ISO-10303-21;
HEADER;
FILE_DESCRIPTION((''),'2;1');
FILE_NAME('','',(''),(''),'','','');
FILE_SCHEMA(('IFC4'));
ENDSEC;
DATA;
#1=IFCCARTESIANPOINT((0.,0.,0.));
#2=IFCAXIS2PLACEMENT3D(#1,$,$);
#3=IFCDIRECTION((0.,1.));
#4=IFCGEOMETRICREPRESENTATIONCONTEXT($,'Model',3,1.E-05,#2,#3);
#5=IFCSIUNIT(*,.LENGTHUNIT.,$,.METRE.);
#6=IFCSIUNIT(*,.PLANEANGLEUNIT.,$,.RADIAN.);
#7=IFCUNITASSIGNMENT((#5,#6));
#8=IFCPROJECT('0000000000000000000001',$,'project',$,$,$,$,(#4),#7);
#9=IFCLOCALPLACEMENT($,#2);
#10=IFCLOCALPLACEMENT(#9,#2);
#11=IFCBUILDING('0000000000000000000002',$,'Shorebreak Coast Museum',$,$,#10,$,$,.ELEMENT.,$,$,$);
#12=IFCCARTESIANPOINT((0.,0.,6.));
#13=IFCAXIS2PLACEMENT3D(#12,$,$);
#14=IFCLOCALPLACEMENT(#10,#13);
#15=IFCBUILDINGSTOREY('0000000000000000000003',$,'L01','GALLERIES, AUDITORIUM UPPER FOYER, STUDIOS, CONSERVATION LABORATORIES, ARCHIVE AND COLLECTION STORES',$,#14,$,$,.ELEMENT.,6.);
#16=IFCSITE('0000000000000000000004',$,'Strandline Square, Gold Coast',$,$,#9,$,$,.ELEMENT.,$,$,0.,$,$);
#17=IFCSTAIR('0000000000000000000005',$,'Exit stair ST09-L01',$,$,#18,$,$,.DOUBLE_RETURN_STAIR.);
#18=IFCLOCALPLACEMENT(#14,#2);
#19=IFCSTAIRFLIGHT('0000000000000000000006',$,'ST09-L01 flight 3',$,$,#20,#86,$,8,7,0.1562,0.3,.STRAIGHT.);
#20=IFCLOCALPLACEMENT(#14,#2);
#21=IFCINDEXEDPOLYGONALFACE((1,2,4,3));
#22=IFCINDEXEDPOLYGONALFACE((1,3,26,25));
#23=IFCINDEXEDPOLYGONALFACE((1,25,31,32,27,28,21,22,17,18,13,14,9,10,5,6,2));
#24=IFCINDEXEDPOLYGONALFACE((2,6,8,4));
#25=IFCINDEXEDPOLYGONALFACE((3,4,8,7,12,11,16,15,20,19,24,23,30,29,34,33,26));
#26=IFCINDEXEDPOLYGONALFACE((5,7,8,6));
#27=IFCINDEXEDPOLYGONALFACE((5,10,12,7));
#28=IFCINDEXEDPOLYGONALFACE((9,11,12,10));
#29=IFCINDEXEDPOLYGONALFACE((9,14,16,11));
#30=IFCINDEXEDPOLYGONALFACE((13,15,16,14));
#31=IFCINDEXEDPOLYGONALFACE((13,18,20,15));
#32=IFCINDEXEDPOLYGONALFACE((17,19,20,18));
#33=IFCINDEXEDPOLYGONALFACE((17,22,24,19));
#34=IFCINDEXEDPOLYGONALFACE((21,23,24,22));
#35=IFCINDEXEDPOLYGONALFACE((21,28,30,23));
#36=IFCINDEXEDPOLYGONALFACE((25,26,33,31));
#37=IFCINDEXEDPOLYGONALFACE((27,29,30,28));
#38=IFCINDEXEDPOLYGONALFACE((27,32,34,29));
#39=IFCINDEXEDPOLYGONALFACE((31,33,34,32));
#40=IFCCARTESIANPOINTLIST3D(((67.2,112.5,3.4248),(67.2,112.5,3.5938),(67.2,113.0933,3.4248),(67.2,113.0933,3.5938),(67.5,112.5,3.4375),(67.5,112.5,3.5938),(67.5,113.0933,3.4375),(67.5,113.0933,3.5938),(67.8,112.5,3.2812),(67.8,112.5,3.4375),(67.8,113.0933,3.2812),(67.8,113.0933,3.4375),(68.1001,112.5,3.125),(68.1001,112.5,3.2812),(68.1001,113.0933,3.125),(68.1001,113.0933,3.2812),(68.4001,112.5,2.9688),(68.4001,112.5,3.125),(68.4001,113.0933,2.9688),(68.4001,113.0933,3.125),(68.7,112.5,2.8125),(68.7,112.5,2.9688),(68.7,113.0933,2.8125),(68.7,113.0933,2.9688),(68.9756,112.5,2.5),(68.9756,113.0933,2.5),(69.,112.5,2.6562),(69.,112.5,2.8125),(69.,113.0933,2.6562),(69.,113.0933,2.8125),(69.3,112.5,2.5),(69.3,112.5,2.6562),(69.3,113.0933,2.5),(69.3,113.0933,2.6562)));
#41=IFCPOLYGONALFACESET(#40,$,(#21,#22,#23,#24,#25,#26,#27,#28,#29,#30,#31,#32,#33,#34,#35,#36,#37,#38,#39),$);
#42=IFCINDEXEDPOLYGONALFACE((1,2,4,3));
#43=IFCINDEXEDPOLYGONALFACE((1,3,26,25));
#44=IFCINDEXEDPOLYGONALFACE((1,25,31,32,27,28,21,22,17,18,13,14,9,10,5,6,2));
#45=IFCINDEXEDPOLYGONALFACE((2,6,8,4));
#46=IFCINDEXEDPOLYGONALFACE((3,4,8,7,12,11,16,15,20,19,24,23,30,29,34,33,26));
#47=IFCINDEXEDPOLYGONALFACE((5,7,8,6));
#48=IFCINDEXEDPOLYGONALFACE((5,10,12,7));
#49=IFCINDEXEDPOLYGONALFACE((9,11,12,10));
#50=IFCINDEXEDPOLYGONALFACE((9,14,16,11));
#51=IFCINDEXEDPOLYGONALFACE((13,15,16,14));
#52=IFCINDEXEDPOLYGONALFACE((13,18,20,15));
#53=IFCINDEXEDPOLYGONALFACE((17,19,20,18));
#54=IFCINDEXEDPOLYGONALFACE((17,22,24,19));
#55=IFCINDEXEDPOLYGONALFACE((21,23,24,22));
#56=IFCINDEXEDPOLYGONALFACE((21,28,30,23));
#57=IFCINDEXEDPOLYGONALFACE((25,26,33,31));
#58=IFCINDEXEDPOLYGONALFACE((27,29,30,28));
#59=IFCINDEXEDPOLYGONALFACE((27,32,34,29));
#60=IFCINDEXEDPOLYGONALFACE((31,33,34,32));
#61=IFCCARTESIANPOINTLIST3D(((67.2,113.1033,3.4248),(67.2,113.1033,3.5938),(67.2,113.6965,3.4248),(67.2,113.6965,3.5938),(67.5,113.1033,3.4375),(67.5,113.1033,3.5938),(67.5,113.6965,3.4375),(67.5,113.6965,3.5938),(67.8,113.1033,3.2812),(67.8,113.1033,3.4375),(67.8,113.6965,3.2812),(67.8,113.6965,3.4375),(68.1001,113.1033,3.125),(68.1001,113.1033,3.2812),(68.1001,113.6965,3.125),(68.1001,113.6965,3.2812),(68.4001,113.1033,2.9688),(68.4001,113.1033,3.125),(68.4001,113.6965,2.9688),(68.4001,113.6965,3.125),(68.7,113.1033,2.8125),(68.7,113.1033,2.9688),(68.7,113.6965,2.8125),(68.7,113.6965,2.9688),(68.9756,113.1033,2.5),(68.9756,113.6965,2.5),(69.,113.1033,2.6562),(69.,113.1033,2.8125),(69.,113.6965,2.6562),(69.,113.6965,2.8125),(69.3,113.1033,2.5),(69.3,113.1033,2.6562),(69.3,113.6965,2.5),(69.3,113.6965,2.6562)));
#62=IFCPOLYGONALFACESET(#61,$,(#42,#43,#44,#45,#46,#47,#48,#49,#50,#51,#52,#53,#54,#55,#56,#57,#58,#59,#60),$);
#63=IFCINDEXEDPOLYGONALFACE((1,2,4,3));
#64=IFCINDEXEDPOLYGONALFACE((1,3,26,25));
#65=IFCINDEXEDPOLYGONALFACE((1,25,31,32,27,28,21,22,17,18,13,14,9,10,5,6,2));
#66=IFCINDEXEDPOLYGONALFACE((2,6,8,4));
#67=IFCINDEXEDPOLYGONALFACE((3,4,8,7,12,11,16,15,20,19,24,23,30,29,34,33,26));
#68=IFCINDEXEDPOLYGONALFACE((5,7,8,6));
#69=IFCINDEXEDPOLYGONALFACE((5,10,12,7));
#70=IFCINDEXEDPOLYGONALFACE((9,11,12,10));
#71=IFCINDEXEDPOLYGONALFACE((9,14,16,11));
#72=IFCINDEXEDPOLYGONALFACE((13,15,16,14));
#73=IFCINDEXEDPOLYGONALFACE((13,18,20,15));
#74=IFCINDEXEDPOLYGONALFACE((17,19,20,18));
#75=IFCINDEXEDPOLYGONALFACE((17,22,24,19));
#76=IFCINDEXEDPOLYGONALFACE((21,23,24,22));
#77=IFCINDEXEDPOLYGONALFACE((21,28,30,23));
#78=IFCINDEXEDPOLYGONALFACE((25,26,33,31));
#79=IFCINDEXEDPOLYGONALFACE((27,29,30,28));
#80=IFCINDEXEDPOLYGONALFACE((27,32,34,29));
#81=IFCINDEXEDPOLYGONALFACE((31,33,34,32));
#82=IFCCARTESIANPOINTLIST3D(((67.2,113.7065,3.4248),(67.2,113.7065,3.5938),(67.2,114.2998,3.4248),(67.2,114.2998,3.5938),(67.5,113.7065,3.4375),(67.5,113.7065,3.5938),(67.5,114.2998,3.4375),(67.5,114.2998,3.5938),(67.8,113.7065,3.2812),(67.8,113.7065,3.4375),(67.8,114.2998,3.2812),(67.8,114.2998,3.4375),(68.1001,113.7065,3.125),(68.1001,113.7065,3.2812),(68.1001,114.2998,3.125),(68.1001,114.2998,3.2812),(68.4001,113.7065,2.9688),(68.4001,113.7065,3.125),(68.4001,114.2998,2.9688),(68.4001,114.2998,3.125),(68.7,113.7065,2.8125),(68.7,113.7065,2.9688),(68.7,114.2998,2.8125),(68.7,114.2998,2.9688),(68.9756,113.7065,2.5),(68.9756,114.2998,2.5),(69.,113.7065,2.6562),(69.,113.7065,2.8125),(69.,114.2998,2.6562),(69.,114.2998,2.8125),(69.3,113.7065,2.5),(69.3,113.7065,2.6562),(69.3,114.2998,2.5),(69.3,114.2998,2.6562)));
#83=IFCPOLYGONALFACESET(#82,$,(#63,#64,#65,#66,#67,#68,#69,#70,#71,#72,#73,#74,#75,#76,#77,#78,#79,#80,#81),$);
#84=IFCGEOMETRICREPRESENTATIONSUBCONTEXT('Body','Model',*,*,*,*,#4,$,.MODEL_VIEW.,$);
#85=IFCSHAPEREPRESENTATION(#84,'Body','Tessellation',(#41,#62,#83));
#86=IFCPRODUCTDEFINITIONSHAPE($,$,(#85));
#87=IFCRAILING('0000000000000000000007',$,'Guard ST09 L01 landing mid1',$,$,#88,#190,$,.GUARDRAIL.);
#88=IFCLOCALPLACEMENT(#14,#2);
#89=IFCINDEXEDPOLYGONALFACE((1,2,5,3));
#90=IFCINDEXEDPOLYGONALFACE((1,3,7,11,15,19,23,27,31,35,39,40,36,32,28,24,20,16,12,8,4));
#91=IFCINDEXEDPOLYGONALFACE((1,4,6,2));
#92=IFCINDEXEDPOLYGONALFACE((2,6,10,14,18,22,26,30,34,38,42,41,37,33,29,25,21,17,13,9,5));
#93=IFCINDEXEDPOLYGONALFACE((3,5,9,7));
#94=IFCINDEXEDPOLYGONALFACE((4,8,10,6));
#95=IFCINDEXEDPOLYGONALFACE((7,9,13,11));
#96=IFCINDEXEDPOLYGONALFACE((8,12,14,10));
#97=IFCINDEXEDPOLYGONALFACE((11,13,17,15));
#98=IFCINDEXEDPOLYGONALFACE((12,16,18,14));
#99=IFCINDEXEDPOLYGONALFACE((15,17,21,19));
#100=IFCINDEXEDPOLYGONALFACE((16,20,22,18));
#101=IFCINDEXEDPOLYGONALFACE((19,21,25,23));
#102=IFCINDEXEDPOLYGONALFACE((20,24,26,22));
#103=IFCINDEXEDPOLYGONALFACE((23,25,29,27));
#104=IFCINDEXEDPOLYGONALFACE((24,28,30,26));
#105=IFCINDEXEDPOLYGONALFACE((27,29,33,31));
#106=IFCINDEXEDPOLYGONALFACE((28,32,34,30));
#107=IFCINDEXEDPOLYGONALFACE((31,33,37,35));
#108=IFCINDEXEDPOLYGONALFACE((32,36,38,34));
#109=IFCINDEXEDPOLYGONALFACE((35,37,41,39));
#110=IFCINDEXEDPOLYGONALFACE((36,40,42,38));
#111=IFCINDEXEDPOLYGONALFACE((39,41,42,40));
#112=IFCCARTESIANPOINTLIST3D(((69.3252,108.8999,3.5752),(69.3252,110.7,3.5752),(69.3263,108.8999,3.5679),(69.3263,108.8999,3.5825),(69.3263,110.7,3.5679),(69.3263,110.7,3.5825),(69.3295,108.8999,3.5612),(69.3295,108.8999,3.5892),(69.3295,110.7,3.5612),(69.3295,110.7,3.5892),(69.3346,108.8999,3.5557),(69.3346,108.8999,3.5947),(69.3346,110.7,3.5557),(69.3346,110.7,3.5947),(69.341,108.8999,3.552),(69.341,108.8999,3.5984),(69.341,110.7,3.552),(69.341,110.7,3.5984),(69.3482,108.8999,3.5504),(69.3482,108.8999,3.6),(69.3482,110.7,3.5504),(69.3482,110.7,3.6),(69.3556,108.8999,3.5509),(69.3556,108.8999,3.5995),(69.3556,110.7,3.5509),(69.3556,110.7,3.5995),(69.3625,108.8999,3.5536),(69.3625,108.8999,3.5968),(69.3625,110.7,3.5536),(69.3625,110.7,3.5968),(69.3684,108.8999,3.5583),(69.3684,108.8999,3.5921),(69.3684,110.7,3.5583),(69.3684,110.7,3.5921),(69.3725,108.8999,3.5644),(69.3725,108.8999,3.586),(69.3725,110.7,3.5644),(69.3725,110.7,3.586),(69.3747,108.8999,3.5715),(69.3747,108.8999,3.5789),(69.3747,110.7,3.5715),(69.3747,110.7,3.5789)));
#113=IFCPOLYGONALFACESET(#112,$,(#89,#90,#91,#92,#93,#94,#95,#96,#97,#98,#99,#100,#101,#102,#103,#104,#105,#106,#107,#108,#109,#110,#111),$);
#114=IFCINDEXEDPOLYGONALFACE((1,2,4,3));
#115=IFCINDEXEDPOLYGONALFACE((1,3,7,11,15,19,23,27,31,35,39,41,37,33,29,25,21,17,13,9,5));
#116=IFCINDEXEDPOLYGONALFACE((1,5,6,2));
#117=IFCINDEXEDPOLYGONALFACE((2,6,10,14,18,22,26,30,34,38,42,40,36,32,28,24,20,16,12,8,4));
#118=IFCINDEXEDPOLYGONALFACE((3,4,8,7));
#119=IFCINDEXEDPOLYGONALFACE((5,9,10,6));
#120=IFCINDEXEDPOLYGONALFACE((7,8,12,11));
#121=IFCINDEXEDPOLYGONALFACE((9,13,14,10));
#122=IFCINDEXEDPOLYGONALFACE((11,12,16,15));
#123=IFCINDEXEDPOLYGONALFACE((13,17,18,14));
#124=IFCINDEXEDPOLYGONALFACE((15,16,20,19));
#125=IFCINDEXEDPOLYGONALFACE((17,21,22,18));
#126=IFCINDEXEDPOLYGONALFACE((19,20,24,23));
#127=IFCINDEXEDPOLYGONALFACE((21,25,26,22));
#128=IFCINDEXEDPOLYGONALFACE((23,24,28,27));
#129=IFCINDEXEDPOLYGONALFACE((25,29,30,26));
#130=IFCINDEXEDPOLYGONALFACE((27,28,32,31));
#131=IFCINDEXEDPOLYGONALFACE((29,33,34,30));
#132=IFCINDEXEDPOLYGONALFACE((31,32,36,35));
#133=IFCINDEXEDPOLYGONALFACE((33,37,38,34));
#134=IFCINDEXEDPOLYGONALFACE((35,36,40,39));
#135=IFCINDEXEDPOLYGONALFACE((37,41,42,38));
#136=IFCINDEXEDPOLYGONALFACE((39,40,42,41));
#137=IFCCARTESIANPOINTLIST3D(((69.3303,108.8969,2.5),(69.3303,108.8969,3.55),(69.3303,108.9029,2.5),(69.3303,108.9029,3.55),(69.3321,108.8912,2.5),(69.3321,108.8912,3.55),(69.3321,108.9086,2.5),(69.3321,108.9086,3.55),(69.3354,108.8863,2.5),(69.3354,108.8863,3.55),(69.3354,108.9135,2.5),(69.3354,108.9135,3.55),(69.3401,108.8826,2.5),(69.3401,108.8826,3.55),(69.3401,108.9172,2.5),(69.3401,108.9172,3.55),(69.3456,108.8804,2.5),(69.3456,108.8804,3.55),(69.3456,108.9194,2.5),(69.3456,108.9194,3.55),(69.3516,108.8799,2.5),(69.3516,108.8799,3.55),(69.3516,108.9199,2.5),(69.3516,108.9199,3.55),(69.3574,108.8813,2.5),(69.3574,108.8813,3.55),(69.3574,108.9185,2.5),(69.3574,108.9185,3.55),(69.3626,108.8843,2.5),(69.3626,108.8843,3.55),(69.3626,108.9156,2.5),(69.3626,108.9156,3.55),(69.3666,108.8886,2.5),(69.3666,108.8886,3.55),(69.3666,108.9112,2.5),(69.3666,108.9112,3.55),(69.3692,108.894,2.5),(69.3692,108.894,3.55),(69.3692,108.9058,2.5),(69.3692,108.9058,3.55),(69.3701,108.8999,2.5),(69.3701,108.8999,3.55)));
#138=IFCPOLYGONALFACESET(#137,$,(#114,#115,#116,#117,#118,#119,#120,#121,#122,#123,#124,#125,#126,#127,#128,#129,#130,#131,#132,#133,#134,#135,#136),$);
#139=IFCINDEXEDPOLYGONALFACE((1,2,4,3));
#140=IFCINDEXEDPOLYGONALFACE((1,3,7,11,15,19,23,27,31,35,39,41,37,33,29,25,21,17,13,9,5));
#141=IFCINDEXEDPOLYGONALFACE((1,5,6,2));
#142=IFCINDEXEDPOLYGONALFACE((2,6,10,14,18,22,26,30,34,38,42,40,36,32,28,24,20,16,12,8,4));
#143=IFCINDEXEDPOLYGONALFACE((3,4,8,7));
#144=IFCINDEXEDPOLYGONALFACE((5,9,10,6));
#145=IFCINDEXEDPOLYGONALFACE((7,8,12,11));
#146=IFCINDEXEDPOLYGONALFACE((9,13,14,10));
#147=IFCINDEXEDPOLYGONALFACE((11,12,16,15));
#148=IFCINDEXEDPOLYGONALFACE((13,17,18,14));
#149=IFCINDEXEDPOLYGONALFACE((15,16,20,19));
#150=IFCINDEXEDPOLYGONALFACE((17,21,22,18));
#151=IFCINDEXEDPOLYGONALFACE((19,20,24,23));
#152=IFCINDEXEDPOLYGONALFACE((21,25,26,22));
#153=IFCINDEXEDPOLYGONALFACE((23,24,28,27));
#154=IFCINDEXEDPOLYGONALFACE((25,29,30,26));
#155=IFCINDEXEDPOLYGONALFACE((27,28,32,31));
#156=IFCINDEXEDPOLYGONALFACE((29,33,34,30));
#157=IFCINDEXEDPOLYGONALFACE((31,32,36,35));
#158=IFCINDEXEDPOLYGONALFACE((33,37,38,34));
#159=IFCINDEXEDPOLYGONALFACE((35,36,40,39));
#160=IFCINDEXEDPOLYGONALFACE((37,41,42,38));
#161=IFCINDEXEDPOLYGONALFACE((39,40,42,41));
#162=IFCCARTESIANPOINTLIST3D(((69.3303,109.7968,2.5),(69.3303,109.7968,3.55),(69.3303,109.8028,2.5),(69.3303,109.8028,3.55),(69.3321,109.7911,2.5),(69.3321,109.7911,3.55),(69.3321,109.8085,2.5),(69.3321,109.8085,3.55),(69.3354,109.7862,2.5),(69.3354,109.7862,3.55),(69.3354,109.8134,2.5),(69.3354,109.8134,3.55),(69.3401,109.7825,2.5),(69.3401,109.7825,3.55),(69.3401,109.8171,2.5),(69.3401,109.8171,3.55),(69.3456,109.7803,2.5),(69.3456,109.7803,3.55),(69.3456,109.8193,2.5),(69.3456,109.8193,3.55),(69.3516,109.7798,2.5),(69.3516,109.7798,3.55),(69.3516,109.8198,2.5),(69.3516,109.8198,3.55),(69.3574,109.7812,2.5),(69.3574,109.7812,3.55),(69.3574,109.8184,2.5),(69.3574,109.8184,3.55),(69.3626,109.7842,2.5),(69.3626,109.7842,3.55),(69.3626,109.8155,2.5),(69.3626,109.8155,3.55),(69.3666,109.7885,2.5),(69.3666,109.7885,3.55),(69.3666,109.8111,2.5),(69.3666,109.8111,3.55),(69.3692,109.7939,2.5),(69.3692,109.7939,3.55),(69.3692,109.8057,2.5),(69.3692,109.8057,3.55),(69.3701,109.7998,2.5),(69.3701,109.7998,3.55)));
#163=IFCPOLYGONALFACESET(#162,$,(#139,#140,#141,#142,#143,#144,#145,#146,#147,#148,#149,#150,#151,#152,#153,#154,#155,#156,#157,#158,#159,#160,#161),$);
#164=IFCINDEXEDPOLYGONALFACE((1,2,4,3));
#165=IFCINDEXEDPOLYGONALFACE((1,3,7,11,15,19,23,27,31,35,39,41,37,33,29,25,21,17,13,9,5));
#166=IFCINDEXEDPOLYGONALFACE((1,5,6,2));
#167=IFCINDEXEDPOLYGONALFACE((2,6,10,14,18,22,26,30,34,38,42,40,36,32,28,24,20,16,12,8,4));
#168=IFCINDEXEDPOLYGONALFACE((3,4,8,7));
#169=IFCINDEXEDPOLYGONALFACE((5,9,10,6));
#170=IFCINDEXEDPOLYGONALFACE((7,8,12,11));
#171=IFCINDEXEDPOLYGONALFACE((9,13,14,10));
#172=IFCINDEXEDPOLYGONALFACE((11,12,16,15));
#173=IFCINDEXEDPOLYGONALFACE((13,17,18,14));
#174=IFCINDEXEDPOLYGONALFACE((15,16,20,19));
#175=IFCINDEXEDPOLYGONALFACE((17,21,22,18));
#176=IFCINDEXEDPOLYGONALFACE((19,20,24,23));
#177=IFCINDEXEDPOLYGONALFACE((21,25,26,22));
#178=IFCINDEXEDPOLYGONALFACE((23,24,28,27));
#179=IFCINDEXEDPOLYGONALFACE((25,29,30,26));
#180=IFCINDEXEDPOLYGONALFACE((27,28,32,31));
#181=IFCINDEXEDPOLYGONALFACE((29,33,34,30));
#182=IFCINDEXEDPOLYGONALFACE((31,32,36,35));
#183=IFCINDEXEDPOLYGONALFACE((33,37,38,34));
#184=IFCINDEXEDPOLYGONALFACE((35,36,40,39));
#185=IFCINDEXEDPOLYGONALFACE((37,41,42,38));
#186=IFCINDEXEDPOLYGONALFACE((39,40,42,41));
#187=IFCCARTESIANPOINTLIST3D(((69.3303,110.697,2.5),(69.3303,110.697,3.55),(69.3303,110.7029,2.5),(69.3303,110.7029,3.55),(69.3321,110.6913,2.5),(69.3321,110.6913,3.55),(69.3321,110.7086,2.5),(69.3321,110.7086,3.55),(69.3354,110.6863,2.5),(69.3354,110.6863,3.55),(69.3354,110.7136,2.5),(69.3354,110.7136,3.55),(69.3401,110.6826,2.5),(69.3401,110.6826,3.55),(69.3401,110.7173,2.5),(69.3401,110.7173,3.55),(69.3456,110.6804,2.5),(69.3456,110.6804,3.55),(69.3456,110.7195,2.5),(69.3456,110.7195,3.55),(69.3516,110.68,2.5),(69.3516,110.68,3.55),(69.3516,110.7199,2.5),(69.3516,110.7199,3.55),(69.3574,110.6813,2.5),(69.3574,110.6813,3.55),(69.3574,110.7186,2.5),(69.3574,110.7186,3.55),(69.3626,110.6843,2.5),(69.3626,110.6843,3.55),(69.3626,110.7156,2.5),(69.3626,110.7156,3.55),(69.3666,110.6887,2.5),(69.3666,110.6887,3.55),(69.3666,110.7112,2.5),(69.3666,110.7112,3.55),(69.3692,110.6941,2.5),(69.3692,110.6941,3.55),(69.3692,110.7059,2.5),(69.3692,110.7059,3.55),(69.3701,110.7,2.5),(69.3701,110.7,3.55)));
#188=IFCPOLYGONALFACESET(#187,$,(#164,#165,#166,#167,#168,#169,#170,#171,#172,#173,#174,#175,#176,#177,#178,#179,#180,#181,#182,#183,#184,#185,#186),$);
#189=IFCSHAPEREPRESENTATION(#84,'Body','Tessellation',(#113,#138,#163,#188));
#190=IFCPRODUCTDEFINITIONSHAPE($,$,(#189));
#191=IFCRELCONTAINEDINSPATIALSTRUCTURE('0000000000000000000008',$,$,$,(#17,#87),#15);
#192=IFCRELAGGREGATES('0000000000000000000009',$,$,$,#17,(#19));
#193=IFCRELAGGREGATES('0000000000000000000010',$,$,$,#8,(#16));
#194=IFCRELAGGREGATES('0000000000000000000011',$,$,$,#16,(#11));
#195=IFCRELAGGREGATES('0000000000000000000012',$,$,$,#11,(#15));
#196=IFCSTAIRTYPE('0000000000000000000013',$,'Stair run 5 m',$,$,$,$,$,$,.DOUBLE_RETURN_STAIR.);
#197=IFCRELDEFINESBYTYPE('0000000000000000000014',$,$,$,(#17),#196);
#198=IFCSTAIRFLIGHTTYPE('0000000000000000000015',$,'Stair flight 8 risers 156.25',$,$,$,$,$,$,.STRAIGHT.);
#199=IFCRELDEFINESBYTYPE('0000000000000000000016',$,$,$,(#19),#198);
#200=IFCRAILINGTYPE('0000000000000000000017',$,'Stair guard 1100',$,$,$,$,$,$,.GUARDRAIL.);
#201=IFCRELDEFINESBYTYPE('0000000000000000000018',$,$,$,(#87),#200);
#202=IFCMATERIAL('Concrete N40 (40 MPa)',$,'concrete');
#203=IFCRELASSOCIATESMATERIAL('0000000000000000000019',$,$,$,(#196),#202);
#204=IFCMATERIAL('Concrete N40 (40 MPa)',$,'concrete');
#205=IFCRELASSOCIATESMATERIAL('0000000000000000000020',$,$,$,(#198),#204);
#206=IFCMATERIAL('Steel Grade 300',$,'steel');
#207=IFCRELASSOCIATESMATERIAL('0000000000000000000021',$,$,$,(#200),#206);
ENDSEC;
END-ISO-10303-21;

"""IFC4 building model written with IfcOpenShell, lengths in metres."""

from ifc_helpers import new_model, si_unit, direction, frame, origin, origin_2d, place, context, subcontext, project, spatial, polyline, circle, outline, extrude, material, type_object, element, aggregate, save


model = new_model("IFC4")

# Units and contexts
model_context = context("Model", 3, precision=1e-05, world=origin(), true_north=direction((0.0, 1.0)))
body_context = subcontext(model_context, "Body", "Model", "MODEL_VIEW")
ifc_project = project(units=[si_unit("LENGTHUNIT", "METRE"), si_unit("PLANEANGLEUNIT", "RADIAN")], contexts=[model_context])

# Site, building, storey
site_placement = place(None, origin())
site = spatial("IfcSite", under=ifc_project, at=site_placement, Name="Strandline Square, Gold Coast", CompositionType="ELEMENT", RefElevation=0.0)
building_placement = place(site_placement, origin())
building = spatial("IfcBuilding", under=site, at=building_placement, Name="Shorebreak Coast Museum", CompositionType="ELEMENT")
storey_placement = place(building_placement, frame((0.0, 0.0, 6.0)))
storey = spatial("IfcBuildingStorey", under=building, at=storey_placement, Name="L01", Description="GALLERIES, AUDITORIUM UPPER FOYER, STUDIOS, CONSERVATION LABORATORIES, ARCHIVE AND COLLECTION STORES", CompositionType="ELEMENT", Elevation=6.0)

# Stair, stair flight
ifc_material_1 = material(Name="Concrete N40 (40 MPa)", Category="concrete")
stair_type = type_object("IfcStairType", Name="Stair run 5 m", PredefinedType="DOUBLE_RETURN_STAIR", material=ifc_material_1)
stair_placement = place(storey_placement, origin())
stair = element("IfcStair", 1, at=stair_placement, inside=storey, type_object=stair_type, Name="Exit stair ST09-L01", PredefinedType="DOUBLE_RETURN_STAIR")
ifc_material_2 = material(Name="Concrete N40 (40 MPa)", Category="concrete")
stair_flight_type = type_object("IfcStairFlightType", Name="Stair flight 8 risers 156.25", PredefinedType="STRAIGHT", material=ifc_material_2)
stair_flight_1_placement = place(storey_placement, frame((69.3, 113.3999, 2.5), z_axis=(0.0, 0.0, 1.0), x_axis=(-1.0, 0.0, 0.0)))
stair_flight_1 = element("IfcStairFlight", 2, at=stair_flight_1_placement, type_object=stair_flight_type, Name="ST09-L01 flight 3", NumberOfRisers=8, NumberOfTreads=7, PredefinedType="STRAIGHT", RiserHeight=0.1562, TreadLength=0.3, context=body_context, shape_type="SweptSolid", body=[
    extrude(outline(polyline([(0.0, 0.0), (0.0, 0.1562), (0.3, 0.1562), (0.3, 0.3125), (0.6001, 0.3125), (0.6001, 0.4688), (0.8999, 0.4688), (0.8999, 0.625), (1.2, 0.625), (1.2, 0.7812), (1.5, 0.7812), (1.5, 0.9375), (1.8, 0.9375), (1.8, 1.0938), (2.1001, 1.0938), (2.1001, 1.25), (2.1001, 0.9248), (0.3245, 0.0), (0.0, 0.0)])), frame((0.0, 0.8999, 0.0), z_axis=(0.0, -1.0, 0.0), x_axis=(1.0, 0.0, 0.0)), (0.0, 0.0, 1.0), 0.5933),
    extrude(outline(polyline([(0.0, 0.0), (0.0, 0.1562), (0.3, 0.1562), (0.3, 0.3125), (0.6001, 0.3125), (0.6001, 0.4688), (0.8999, 0.4688), (0.8999, 0.625), (1.2, 0.625), (1.2, 0.7812), (1.5, 0.7812), (1.5, 0.9375), (1.8, 0.9375), (1.8, 1.0938), (2.1001, 1.0938), (2.1001, 1.25), (2.1001, 0.9248), (0.3245, 0.0), (0.0, 0.0)])), frame((0.0, 0.2966, 0.0), z_axis=(0.0, -1.0, 0.0), x_axis=(1.0, 0.0, 0.0)), (0.0, 0.0, 1.0), 0.5933),
    extrude(outline(polyline([(0.0, 0.0), (0.0, 0.1562), (0.3, 0.1562), (0.3, 0.3125), (0.6001, 0.3125), (0.6001, 0.4688), (0.8999, 0.4688), (0.8999, 0.625), (1.2, 0.625), (1.2, 0.7812), (1.5, 0.7812), (1.5, 0.9375), (1.8, 0.9375), (1.8, 1.0938), (2.1001, 1.0938), (2.1001, 1.25), (2.1001, 0.9248), (0.3245, 0.0), (0.0, 0.0)])), frame((0.0, -0.3066, 0.0), z_axis=(0.0, -1.0, 0.0), x_axis=(1.0, 0.0, 0.0)), (0.0, 0.0, 1.0), 0.5933),
])
aggregate(stair, [stair_flight_1])

# Railing
ifc_material_3 = material(Name="Steel Grade 300", Category="steel")
railing_type_1 = type_object("IfcRailingType", Name="Stair guard 1100", PredefinedType="GUARDRAIL", material=ifc_material_3)
for number, where, name in (
    (3, (69.3501, 108.8999, 2.5), "Guard ST09 L01 landing mid1"),
):
    element("IfcRailing", number, at=place(storey_placement, frame(where)), inside=storey, type_object=railing_type_1, Name=name, PredefinedType="GUARDRAIL", context=body_context, shape_type="SweptSolid", body=[
        extrude(circle(Radius=0.0249, at=origin_2d()), frame((0.0, 0.0, 1.0752), z_axis=(0.0, 1.0, 0.0), x_axis=(-1.0, 0.0, 0.0)), (0.0, 0.0, 1.0), 1.8),
        extrude(circle(Radius=0.02, at=origin_2d()), origin(), (0.0, 0.0, 1.0), 1.05),
        extrude(circle(Radius=0.02, at=origin_2d()), frame((0.0, 0.8999, 0.0)), (0.0, 0.0, 1.0), 1.05),
        extrude(circle(Radius=0.02, at=origin_2d()), frame((0.0, 1.8, 0.0)), (0.0, 0.0, 1.0), 1.05),
    ])

save(model, "model.ifc")
